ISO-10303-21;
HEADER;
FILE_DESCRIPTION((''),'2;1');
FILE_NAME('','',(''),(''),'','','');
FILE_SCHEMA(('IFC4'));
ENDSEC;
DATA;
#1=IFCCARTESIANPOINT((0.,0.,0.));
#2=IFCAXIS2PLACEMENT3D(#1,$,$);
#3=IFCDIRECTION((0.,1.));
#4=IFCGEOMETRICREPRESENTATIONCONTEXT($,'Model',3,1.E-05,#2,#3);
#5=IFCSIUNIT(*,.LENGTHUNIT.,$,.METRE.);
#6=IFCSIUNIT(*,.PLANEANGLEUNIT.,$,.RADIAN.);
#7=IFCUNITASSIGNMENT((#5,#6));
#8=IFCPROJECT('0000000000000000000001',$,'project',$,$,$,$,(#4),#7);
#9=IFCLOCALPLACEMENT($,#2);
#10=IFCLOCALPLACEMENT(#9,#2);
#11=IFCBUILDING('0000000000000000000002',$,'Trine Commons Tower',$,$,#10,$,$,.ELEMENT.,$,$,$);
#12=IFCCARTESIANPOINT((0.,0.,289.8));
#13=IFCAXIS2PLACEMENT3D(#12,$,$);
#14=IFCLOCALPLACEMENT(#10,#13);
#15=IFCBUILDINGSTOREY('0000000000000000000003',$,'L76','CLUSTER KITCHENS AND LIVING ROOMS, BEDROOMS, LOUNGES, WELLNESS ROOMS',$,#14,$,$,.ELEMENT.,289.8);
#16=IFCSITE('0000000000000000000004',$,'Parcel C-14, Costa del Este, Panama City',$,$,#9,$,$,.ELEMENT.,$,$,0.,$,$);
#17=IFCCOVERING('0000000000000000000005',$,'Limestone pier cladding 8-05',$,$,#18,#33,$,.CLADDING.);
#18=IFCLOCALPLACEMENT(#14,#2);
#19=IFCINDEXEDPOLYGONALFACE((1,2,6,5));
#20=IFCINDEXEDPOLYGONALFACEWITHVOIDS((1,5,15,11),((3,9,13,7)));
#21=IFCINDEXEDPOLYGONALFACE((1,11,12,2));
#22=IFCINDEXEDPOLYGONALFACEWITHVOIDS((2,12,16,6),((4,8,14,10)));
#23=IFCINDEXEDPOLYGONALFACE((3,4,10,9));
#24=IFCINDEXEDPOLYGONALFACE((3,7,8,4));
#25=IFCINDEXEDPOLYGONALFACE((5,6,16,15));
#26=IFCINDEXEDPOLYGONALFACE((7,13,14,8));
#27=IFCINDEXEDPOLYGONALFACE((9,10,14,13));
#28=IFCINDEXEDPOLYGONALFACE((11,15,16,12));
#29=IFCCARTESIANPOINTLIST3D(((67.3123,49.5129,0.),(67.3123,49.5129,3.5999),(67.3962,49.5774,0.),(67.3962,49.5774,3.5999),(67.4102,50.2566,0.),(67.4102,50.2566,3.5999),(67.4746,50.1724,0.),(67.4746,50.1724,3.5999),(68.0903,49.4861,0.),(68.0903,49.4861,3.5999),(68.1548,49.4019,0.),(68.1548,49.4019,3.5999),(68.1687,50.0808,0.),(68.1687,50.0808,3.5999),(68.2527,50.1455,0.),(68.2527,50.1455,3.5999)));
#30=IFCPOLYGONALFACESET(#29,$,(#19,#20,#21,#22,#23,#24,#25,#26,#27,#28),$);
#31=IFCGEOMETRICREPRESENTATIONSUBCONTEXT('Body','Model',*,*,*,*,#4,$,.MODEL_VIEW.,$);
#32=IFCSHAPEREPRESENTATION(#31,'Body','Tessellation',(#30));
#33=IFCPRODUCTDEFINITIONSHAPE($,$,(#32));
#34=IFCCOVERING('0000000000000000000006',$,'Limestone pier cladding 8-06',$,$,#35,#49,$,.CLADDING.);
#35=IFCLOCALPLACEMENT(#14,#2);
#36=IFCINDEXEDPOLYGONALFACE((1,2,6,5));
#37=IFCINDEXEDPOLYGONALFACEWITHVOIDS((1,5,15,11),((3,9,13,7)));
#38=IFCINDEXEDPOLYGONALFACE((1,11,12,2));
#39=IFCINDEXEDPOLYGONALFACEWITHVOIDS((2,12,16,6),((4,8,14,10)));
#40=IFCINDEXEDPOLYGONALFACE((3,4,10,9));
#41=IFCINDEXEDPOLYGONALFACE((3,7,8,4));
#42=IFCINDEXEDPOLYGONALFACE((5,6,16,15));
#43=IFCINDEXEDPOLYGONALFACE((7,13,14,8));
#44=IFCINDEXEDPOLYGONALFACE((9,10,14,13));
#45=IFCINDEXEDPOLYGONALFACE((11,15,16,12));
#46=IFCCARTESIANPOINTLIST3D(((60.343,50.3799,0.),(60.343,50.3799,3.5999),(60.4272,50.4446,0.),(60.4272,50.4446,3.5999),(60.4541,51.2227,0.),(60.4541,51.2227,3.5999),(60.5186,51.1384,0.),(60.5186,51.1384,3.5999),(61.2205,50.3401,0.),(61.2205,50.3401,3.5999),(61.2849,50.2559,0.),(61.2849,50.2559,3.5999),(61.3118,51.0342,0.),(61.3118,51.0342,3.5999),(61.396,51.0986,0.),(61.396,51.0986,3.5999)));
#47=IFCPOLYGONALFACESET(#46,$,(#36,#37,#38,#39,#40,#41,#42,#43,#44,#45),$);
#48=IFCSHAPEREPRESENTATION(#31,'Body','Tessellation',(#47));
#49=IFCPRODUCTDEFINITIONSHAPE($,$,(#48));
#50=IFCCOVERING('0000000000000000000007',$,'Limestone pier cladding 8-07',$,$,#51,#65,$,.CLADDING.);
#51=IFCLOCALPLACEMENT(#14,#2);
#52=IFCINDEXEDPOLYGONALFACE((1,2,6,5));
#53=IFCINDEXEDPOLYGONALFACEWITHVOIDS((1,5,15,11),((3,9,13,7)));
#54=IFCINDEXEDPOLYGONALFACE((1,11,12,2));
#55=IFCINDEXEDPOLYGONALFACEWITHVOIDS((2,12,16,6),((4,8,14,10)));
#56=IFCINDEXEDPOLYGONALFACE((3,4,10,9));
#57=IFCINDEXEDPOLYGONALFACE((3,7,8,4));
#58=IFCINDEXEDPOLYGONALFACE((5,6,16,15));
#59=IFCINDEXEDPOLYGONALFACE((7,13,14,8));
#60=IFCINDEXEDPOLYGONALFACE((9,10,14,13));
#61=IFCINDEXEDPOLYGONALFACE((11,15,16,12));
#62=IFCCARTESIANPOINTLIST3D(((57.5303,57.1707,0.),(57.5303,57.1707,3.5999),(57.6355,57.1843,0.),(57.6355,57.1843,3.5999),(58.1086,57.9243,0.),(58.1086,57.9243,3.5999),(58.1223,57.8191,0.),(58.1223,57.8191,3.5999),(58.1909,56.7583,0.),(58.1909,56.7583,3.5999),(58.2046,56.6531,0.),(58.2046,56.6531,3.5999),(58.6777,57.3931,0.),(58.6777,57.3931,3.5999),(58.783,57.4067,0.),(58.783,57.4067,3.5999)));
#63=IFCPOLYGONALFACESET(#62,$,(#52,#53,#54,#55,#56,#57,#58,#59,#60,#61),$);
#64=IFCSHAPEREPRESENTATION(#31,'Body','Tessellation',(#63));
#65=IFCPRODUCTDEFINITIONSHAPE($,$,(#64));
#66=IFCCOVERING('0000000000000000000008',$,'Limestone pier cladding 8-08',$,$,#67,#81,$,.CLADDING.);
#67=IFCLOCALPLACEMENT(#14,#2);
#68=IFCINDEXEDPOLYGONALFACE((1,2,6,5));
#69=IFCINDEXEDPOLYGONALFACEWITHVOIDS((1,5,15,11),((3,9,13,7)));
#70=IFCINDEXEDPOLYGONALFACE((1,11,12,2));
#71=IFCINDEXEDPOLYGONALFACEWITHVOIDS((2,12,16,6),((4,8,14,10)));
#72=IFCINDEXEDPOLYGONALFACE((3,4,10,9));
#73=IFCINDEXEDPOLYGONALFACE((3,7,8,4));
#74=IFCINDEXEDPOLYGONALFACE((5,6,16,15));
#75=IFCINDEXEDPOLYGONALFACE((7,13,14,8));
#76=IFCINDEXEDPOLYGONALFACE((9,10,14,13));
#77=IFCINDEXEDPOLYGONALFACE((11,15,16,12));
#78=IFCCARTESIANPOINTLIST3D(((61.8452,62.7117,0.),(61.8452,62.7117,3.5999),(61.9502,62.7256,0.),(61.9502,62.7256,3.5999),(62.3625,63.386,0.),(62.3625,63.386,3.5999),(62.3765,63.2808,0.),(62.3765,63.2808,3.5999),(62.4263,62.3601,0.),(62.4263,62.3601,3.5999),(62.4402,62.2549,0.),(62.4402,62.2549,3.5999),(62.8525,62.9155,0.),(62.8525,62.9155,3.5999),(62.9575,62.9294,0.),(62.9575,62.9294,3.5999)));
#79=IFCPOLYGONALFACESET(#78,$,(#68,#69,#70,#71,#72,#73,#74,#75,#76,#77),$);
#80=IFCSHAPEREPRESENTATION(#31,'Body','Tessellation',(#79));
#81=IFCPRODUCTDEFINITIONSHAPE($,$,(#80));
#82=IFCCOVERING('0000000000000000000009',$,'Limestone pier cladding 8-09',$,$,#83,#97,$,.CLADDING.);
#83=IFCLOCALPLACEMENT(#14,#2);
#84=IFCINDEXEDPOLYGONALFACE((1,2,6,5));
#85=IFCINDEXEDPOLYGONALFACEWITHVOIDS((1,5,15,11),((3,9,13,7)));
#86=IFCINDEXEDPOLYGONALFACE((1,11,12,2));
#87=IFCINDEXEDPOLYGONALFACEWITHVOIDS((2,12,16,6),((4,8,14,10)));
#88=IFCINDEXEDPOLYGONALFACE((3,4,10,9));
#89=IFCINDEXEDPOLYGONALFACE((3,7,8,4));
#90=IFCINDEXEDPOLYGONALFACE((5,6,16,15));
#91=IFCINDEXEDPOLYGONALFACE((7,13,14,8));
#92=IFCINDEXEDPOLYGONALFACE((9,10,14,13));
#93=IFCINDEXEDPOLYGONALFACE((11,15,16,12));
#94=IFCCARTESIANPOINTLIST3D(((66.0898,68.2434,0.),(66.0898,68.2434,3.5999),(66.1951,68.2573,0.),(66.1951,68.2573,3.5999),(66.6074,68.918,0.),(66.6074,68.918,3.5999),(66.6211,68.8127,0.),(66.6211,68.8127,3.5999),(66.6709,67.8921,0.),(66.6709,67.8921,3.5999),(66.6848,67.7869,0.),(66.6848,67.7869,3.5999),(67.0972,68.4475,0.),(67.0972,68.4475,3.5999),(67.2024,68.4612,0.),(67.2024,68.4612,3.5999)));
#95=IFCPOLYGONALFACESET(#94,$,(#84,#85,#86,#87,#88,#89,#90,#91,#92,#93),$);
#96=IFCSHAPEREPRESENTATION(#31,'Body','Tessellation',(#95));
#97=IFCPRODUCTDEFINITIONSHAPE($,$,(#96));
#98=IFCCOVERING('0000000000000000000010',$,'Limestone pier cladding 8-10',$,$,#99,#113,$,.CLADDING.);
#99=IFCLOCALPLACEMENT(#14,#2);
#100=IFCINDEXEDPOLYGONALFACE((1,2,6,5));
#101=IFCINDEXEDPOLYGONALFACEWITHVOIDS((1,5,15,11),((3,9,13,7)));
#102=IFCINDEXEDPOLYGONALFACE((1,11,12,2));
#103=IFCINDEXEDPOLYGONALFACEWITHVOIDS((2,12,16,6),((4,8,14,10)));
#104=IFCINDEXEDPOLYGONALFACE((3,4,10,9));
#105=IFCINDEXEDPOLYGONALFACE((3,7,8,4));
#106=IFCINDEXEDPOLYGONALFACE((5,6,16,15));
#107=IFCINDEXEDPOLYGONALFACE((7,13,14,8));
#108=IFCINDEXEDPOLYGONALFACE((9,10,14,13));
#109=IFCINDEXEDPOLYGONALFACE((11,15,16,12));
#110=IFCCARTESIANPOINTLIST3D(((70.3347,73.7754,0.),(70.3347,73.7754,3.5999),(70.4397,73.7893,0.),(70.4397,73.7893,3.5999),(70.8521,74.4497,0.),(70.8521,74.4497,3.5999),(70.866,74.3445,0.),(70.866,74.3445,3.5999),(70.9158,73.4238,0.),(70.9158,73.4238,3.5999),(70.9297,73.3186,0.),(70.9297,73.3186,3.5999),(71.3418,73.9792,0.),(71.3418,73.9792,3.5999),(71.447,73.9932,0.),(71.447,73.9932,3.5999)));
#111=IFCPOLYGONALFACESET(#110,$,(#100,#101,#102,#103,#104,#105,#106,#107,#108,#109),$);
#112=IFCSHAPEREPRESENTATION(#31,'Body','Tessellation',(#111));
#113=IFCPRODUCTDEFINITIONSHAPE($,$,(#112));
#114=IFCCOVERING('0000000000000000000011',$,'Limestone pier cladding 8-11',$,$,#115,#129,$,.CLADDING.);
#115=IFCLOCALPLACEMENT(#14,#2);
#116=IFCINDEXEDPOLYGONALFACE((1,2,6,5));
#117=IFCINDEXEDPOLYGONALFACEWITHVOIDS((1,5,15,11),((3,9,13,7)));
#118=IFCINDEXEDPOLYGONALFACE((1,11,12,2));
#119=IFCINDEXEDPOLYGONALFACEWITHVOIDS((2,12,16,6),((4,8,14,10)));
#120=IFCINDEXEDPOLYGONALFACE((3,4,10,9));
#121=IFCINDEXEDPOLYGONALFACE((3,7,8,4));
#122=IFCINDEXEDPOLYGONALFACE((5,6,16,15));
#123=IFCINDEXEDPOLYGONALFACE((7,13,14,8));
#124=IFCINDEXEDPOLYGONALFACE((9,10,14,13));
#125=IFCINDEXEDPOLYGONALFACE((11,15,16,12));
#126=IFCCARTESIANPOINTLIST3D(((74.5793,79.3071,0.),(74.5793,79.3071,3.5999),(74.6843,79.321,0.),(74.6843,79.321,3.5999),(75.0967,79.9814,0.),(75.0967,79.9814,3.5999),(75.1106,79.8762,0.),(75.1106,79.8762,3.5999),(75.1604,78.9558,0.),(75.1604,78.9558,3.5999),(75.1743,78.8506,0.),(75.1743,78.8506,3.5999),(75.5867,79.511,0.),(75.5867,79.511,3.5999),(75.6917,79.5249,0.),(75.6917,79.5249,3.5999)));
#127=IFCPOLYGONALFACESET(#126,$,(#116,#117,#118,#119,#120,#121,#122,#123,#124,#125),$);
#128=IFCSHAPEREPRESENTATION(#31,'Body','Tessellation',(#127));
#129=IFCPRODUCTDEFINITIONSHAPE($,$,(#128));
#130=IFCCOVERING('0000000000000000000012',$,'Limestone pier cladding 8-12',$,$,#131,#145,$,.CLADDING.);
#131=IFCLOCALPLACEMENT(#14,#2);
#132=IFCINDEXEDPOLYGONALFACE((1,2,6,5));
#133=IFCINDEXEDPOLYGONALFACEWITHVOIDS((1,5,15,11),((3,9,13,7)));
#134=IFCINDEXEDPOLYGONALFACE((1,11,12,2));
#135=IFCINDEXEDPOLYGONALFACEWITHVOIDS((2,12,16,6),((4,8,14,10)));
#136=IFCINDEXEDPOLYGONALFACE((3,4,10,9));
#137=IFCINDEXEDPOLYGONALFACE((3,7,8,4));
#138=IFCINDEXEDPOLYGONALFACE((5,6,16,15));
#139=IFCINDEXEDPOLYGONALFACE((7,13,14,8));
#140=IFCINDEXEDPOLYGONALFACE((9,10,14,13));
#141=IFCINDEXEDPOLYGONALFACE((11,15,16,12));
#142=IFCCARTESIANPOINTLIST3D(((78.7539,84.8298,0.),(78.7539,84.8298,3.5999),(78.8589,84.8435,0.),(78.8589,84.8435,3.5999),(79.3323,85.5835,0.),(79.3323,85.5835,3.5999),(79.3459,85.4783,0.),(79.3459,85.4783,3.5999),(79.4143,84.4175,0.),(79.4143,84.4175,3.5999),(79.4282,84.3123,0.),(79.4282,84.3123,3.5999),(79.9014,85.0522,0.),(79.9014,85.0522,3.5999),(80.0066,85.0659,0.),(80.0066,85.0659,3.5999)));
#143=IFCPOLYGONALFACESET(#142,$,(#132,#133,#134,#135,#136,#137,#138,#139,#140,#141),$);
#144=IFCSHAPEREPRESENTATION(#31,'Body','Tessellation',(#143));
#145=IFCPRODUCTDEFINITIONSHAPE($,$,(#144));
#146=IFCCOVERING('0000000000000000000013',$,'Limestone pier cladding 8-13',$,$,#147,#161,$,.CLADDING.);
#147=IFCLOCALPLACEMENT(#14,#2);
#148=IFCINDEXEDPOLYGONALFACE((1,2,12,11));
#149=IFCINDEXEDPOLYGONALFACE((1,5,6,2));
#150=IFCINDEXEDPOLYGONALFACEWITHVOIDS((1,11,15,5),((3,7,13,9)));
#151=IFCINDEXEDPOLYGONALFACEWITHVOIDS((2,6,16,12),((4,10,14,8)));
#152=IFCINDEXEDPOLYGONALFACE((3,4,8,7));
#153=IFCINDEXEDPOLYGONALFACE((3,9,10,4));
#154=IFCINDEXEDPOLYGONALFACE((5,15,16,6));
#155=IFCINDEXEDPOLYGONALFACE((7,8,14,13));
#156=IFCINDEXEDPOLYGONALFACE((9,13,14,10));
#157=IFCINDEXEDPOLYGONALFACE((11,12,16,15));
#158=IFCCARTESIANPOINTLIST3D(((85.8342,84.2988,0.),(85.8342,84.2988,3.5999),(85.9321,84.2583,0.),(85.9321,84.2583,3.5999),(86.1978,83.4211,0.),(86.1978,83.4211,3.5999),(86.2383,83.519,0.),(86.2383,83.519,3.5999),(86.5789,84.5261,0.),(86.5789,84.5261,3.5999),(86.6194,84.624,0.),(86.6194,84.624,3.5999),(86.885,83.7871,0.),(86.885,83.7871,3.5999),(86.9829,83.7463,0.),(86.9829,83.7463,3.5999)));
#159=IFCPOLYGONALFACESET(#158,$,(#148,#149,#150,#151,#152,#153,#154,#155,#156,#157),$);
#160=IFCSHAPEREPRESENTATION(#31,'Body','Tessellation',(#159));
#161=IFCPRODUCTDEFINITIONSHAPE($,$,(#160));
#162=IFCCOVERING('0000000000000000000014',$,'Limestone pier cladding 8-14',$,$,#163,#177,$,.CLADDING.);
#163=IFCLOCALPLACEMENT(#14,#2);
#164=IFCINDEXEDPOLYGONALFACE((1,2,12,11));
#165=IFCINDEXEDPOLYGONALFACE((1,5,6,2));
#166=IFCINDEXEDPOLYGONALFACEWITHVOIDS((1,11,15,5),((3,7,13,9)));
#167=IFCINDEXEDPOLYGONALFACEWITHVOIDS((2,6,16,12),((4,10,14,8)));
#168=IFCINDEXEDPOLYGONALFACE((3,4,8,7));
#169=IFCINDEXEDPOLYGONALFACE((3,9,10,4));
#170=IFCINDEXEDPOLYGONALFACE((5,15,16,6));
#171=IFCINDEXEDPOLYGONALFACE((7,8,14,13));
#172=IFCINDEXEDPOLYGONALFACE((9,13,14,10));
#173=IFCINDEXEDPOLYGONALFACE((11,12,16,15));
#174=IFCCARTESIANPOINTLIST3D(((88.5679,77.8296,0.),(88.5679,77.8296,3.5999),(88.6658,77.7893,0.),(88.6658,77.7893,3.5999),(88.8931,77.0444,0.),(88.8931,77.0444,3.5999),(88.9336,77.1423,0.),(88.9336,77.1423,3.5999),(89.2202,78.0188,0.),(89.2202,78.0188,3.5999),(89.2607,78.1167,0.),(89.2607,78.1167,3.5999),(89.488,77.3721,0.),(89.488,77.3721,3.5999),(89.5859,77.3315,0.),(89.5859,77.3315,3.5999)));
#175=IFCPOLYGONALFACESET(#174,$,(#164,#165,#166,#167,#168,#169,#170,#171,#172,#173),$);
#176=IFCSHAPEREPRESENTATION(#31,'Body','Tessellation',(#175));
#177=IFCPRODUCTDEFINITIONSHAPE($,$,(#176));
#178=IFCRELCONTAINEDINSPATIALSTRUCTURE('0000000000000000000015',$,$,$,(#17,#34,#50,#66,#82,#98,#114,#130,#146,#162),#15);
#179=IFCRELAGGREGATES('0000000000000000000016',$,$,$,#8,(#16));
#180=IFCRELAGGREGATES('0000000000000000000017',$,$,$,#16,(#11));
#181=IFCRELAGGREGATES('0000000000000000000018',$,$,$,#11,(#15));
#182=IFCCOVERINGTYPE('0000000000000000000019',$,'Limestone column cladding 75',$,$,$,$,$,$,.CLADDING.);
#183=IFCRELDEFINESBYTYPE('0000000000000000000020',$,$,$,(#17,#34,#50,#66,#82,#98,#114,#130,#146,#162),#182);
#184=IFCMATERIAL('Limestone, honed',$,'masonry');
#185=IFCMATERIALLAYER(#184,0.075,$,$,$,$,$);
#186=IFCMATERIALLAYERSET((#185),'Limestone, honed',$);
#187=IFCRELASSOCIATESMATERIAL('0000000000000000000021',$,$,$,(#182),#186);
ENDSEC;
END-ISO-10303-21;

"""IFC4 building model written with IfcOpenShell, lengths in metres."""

from ifc_helpers import new_model, si_unit, direction, frame, origin, place, context, subcontext, project, spatial, polyline, outline, extrude, material, layer, layer_set, type_object, element, save


model = new_model("IFC4")

# Units and contexts
model_context = context("Model", 3, precision=1e-05, world=origin(), true_north=direction((0.0, 1.0)))
body_context = subcontext(model_context, "Body", "Model", "MODEL_VIEW")
ifc_project = project(units=[si_unit("LENGTHUNIT", "METRE"), si_unit("PLANEANGLEUNIT", "RADIAN")], contexts=[model_context])

# Site, building, storey
site_placement = place(None, origin())
site = spatial("IfcSite", under=ifc_project, at=site_placement, Name="Parcel C-14, Costa del Este, Panama City", CompositionType="ELEMENT", RefElevation=0.0)
building_placement = place(site_placement, origin())
building = spatial("IfcBuilding", under=site, at=building_placement, Name="Trine Commons Tower", CompositionType="ELEMENT")
storey_placement = place(building_placement, frame((0.0, 0.0, 289.8)))
storey = spatial("IfcBuildingStorey", under=building, at=storey_placement, Name="L76", Description="CLUSTER KITCHENS AND LIVING ROOMS, BEDROOMS, LOUNGES, WELLNESS ROOMS", CompositionType="ELEMENT", Elevation=289.8)

# Coverings
ifc_material_1 = material(Name="Limestone, honed", Category="masonry")
ifc_layer_1 = layer(ifc_material_1, 0.075)
ifc_layer_set_1 = layer_set([ifc_layer_1], Name="Limestone, honed")
covering_type_1 = type_object("IfcCoveringType", Name="Limestone column cladding 75", PredefinedType="CLADDING", material=ifc_layer_set_1)
covering_1_placement = place(storey_placement, origin())
element("IfcCovering", 1, at=covering_1_placement, inside=storey, type_object=covering_type_1, Name="Limestone pier cladding 8-05", PredefinedType="CLADDING", context=body_context, shape_type="SweptSolid", body=[
    extrude(outline(polyline([(67.4102, 50.2566), (67.3123, 49.5129), (68.1548, 49.4019), (68.2527, 50.1455), (67.4102, 50.2566)]), holes=[polyline([(67.4746, 50.1724), (67.3962, 49.5774), (68.0903, 49.4861), (68.1687, 50.0808), (67.4746, 50.1724)])]), origin(), (0.0, 0.0, 1.0), 3.5999),
])
covering_2_placement = place(storey_placement, origin())
element("IfcCovering", 2, at=covering_2_placement, inside=storey, type_object=covering_type_1, Name="Limestone pier cladding 8-06", PredefinedType="CLADDING", context=body_context, shape_type="SweptSolid", body=[
    extrude(outline(polyline([(60.4541, 51.2227), (60.343, 50.3799), (61.2849, 50.2559), (61.396, 51.0986), (60.4541, 51.2227)]), holes=[polyline([(60.5186, 51.1384), (60.4272, 50.4446), (61.2205, 50.3401), (61.3118, 51.0342), (60.5186, 51.1384)])]), origin(), (0.0, 0.0, 1.0), 3.5999),
])
covering_3_placement = place(storey_placement, origin())
element("IfcCovering", 3, at=covering_3_placement, inside=storey, type_object=covering_type_1, Name="Limestone pier cladding 8-07", PredefinedType="CLADDING", context=body_context, shape_type="SweptSolid", body=[
    extrude(outline(polyline([(58.783, 57.4067), (58.1086, 57.9243), (57.5303, 57.1707), (58.2046, 56.6531), (58.783, 57.4067)]), holes=[polyline([(58.6777, 57.3931), (58.1223, 57.8191), (57.6355, 57.1843), (58.1909, 56.7583), (58.6777, 57.3931)])]), origin(), (0.0, 0.0, 1.0), 3.5999),
])
covering_4_placement = place(storey_placement, origin())
element("IfcCovering", 4, at=covering_4_placement, inside=storey, type_object=covering_type_1, Name="Limestone pier cladding 8-08", PredefinedType="CLADDING", context=body_context, shape_type="SweptSolid", body=[
    extrude(outline(polyline([(62.9575, 62.9294), (62.3625, 63.386), (61.8452, 62.7117), (62.4402, 62.2549), (62.9575, 62.9294)]), holes=[polyline([(62.8525, 62.9155), (62.3765, 63.2808), (61.9502, 62.7256), (62.4263, 62.3601), (62.8525, 62.9155)])]), origin(), (0.0, 0.0, 1.0), 3.5999),
])
covering_5_placement = place(storey_placement, origin())
element("IfcCovering", 5, at=covering_5_placement, inside=storey, type_object=covering_type_1, Name="Limestone pier cladding 8-09", PredefinedType="CLADDING", context=body_context, shape_type="SweptSolid", body=[
    extrude(outline(polyline([(67.2024, 68.4612), (66.6074, 68.918), (66.0898, 68.2434), (66.6848, 67.7869), (67.2024, 68.4612)]), holes=[polyline([(67.0972, 68.4475), (66.6211, 68.8127), (66.1951, 68.2573), (66.6709, 67.8921), (67.0972, 68.4475)])]), origin(), (0.0, 0.0, 1.0), 3.5999),
])
covering_6_placement = place(storey_placement, origin())
element("IfcCovering", 6, at=covering_6_placement, inside=storey, type_object=covering_type_1, Name="Limestone pier cladding 8-10", PredefinedType="CLADDING", context=body_context, shape_type="SweptSolid", body=[
    extrude(outline(polyline([(71.447, 73.9932), (70.8521, 74.4497), (70.3347, 73.7754), (70.9297, 73.3186), (71.447, 73.9932)]), holes=[polyline([(71.3418, 73.9792), (70.866, 74.3445), (70.4397, 73.7893), (70.9158, 73.4238), (71.3418, 73.9792)])]), origin(), (0.0, 0.0, 1.0), 3.5999),
])
covering_7_placement = place(storey_placement, origin())
element("IfcCovering", 7, at=covering_7_placement, inside=storey, type_object=covering_type_1, Name="Limestone pier cladding 8-11", PredefinedType="CLADDING", context=body_context, shape_type="SweptSolid", body=[
    extrude(outline(polyline([(75.6917, 79.5249), (75.0967, 79.9814), (74.5793, 79.3071), (75.1743, 78.8506), (75.6917, 79.5249)]), holes=[polyline([(75.5867, 79.511), (75.1106, 79.8762), (74.6843, 79.321), (75.1604, 78.9558), (75.5867, 79.511)])]), origin(), (0.0, 0.0, 1.0), 3.5999),
])
covering_8_placement = place(storey_placement, origin())
element("IfcCovering", 8, at=covering_8_placement, inside=storey, type_object=covering_type_1, Name="Limestone pier cladding 8-12", PredefinedType="CLADDING", context=body_context, shape_type="SweptSolid", body=[
    extrude(outline(polyline([(80.0066, 85.0659), (79.3323, 85.5835), (78.7539, 84.8298), (79.4282, 84.3123), (80.0066, 85.0659)]), holes=[polyline([(79.9014, 85.0522), (79.3459, 85.4783), (78.8589, 84.8435), (79.4143, 84.4175), (79.9014, 85.0522)])]), origin(), (0.0, 0.0, 1.0), 3.5999),
])
covering_9_placement = place(storey_placement, origin())
element("IfcCovering", 9, at=covering_9_placement, inside=storey, type_object=covering_type_1, Name="Limestone pier cladding 8-13", PredefinedType="CLADDING", context=body_context, shape_type="SweptSolid", body=[
    extrude(outline(polyline([(86.6194, 84.624), (85.8342, 84.2988), (86.1978, 83.4211), (86.9829, 83.7463), (86.6194, 84.624)]), holes=[polyline([(86.5789, 84.5261), (85.9321, 84.2583), (86.2383, 83.519), (86.885, 83.7871), (86.5789, 84.5261)])]), origin(), (0.0, 0.0, 1.0), 3.5999),
])
covering_10_placement = place(storey_placement, origin())
element("IfcCovering", 10, at=covering_10_placement, inside=storey, type_object=covering_type_1, Name="Limestone pier cladding 8-14", PredefinedType="CLADDING", context=body_context, shape_type="SweptSolid", body=[
    extrude(outline(polyline([(89.2607, 78.1167), (88.5679, 77.8296), (88.8931, 77.0444), (89.5859, 77.3315), (89.2607, 78.1167)]), holes=[polyline([(89.2202, 78.0188), (88.6658, 77.7893), (88.9336, 77.1423), (89.488, 77.3721), (89.2202, 78.0188)])]), origin(), (0.0, 0.0, 1.0), 3.5999),
])

save(model, "model.ifc")
